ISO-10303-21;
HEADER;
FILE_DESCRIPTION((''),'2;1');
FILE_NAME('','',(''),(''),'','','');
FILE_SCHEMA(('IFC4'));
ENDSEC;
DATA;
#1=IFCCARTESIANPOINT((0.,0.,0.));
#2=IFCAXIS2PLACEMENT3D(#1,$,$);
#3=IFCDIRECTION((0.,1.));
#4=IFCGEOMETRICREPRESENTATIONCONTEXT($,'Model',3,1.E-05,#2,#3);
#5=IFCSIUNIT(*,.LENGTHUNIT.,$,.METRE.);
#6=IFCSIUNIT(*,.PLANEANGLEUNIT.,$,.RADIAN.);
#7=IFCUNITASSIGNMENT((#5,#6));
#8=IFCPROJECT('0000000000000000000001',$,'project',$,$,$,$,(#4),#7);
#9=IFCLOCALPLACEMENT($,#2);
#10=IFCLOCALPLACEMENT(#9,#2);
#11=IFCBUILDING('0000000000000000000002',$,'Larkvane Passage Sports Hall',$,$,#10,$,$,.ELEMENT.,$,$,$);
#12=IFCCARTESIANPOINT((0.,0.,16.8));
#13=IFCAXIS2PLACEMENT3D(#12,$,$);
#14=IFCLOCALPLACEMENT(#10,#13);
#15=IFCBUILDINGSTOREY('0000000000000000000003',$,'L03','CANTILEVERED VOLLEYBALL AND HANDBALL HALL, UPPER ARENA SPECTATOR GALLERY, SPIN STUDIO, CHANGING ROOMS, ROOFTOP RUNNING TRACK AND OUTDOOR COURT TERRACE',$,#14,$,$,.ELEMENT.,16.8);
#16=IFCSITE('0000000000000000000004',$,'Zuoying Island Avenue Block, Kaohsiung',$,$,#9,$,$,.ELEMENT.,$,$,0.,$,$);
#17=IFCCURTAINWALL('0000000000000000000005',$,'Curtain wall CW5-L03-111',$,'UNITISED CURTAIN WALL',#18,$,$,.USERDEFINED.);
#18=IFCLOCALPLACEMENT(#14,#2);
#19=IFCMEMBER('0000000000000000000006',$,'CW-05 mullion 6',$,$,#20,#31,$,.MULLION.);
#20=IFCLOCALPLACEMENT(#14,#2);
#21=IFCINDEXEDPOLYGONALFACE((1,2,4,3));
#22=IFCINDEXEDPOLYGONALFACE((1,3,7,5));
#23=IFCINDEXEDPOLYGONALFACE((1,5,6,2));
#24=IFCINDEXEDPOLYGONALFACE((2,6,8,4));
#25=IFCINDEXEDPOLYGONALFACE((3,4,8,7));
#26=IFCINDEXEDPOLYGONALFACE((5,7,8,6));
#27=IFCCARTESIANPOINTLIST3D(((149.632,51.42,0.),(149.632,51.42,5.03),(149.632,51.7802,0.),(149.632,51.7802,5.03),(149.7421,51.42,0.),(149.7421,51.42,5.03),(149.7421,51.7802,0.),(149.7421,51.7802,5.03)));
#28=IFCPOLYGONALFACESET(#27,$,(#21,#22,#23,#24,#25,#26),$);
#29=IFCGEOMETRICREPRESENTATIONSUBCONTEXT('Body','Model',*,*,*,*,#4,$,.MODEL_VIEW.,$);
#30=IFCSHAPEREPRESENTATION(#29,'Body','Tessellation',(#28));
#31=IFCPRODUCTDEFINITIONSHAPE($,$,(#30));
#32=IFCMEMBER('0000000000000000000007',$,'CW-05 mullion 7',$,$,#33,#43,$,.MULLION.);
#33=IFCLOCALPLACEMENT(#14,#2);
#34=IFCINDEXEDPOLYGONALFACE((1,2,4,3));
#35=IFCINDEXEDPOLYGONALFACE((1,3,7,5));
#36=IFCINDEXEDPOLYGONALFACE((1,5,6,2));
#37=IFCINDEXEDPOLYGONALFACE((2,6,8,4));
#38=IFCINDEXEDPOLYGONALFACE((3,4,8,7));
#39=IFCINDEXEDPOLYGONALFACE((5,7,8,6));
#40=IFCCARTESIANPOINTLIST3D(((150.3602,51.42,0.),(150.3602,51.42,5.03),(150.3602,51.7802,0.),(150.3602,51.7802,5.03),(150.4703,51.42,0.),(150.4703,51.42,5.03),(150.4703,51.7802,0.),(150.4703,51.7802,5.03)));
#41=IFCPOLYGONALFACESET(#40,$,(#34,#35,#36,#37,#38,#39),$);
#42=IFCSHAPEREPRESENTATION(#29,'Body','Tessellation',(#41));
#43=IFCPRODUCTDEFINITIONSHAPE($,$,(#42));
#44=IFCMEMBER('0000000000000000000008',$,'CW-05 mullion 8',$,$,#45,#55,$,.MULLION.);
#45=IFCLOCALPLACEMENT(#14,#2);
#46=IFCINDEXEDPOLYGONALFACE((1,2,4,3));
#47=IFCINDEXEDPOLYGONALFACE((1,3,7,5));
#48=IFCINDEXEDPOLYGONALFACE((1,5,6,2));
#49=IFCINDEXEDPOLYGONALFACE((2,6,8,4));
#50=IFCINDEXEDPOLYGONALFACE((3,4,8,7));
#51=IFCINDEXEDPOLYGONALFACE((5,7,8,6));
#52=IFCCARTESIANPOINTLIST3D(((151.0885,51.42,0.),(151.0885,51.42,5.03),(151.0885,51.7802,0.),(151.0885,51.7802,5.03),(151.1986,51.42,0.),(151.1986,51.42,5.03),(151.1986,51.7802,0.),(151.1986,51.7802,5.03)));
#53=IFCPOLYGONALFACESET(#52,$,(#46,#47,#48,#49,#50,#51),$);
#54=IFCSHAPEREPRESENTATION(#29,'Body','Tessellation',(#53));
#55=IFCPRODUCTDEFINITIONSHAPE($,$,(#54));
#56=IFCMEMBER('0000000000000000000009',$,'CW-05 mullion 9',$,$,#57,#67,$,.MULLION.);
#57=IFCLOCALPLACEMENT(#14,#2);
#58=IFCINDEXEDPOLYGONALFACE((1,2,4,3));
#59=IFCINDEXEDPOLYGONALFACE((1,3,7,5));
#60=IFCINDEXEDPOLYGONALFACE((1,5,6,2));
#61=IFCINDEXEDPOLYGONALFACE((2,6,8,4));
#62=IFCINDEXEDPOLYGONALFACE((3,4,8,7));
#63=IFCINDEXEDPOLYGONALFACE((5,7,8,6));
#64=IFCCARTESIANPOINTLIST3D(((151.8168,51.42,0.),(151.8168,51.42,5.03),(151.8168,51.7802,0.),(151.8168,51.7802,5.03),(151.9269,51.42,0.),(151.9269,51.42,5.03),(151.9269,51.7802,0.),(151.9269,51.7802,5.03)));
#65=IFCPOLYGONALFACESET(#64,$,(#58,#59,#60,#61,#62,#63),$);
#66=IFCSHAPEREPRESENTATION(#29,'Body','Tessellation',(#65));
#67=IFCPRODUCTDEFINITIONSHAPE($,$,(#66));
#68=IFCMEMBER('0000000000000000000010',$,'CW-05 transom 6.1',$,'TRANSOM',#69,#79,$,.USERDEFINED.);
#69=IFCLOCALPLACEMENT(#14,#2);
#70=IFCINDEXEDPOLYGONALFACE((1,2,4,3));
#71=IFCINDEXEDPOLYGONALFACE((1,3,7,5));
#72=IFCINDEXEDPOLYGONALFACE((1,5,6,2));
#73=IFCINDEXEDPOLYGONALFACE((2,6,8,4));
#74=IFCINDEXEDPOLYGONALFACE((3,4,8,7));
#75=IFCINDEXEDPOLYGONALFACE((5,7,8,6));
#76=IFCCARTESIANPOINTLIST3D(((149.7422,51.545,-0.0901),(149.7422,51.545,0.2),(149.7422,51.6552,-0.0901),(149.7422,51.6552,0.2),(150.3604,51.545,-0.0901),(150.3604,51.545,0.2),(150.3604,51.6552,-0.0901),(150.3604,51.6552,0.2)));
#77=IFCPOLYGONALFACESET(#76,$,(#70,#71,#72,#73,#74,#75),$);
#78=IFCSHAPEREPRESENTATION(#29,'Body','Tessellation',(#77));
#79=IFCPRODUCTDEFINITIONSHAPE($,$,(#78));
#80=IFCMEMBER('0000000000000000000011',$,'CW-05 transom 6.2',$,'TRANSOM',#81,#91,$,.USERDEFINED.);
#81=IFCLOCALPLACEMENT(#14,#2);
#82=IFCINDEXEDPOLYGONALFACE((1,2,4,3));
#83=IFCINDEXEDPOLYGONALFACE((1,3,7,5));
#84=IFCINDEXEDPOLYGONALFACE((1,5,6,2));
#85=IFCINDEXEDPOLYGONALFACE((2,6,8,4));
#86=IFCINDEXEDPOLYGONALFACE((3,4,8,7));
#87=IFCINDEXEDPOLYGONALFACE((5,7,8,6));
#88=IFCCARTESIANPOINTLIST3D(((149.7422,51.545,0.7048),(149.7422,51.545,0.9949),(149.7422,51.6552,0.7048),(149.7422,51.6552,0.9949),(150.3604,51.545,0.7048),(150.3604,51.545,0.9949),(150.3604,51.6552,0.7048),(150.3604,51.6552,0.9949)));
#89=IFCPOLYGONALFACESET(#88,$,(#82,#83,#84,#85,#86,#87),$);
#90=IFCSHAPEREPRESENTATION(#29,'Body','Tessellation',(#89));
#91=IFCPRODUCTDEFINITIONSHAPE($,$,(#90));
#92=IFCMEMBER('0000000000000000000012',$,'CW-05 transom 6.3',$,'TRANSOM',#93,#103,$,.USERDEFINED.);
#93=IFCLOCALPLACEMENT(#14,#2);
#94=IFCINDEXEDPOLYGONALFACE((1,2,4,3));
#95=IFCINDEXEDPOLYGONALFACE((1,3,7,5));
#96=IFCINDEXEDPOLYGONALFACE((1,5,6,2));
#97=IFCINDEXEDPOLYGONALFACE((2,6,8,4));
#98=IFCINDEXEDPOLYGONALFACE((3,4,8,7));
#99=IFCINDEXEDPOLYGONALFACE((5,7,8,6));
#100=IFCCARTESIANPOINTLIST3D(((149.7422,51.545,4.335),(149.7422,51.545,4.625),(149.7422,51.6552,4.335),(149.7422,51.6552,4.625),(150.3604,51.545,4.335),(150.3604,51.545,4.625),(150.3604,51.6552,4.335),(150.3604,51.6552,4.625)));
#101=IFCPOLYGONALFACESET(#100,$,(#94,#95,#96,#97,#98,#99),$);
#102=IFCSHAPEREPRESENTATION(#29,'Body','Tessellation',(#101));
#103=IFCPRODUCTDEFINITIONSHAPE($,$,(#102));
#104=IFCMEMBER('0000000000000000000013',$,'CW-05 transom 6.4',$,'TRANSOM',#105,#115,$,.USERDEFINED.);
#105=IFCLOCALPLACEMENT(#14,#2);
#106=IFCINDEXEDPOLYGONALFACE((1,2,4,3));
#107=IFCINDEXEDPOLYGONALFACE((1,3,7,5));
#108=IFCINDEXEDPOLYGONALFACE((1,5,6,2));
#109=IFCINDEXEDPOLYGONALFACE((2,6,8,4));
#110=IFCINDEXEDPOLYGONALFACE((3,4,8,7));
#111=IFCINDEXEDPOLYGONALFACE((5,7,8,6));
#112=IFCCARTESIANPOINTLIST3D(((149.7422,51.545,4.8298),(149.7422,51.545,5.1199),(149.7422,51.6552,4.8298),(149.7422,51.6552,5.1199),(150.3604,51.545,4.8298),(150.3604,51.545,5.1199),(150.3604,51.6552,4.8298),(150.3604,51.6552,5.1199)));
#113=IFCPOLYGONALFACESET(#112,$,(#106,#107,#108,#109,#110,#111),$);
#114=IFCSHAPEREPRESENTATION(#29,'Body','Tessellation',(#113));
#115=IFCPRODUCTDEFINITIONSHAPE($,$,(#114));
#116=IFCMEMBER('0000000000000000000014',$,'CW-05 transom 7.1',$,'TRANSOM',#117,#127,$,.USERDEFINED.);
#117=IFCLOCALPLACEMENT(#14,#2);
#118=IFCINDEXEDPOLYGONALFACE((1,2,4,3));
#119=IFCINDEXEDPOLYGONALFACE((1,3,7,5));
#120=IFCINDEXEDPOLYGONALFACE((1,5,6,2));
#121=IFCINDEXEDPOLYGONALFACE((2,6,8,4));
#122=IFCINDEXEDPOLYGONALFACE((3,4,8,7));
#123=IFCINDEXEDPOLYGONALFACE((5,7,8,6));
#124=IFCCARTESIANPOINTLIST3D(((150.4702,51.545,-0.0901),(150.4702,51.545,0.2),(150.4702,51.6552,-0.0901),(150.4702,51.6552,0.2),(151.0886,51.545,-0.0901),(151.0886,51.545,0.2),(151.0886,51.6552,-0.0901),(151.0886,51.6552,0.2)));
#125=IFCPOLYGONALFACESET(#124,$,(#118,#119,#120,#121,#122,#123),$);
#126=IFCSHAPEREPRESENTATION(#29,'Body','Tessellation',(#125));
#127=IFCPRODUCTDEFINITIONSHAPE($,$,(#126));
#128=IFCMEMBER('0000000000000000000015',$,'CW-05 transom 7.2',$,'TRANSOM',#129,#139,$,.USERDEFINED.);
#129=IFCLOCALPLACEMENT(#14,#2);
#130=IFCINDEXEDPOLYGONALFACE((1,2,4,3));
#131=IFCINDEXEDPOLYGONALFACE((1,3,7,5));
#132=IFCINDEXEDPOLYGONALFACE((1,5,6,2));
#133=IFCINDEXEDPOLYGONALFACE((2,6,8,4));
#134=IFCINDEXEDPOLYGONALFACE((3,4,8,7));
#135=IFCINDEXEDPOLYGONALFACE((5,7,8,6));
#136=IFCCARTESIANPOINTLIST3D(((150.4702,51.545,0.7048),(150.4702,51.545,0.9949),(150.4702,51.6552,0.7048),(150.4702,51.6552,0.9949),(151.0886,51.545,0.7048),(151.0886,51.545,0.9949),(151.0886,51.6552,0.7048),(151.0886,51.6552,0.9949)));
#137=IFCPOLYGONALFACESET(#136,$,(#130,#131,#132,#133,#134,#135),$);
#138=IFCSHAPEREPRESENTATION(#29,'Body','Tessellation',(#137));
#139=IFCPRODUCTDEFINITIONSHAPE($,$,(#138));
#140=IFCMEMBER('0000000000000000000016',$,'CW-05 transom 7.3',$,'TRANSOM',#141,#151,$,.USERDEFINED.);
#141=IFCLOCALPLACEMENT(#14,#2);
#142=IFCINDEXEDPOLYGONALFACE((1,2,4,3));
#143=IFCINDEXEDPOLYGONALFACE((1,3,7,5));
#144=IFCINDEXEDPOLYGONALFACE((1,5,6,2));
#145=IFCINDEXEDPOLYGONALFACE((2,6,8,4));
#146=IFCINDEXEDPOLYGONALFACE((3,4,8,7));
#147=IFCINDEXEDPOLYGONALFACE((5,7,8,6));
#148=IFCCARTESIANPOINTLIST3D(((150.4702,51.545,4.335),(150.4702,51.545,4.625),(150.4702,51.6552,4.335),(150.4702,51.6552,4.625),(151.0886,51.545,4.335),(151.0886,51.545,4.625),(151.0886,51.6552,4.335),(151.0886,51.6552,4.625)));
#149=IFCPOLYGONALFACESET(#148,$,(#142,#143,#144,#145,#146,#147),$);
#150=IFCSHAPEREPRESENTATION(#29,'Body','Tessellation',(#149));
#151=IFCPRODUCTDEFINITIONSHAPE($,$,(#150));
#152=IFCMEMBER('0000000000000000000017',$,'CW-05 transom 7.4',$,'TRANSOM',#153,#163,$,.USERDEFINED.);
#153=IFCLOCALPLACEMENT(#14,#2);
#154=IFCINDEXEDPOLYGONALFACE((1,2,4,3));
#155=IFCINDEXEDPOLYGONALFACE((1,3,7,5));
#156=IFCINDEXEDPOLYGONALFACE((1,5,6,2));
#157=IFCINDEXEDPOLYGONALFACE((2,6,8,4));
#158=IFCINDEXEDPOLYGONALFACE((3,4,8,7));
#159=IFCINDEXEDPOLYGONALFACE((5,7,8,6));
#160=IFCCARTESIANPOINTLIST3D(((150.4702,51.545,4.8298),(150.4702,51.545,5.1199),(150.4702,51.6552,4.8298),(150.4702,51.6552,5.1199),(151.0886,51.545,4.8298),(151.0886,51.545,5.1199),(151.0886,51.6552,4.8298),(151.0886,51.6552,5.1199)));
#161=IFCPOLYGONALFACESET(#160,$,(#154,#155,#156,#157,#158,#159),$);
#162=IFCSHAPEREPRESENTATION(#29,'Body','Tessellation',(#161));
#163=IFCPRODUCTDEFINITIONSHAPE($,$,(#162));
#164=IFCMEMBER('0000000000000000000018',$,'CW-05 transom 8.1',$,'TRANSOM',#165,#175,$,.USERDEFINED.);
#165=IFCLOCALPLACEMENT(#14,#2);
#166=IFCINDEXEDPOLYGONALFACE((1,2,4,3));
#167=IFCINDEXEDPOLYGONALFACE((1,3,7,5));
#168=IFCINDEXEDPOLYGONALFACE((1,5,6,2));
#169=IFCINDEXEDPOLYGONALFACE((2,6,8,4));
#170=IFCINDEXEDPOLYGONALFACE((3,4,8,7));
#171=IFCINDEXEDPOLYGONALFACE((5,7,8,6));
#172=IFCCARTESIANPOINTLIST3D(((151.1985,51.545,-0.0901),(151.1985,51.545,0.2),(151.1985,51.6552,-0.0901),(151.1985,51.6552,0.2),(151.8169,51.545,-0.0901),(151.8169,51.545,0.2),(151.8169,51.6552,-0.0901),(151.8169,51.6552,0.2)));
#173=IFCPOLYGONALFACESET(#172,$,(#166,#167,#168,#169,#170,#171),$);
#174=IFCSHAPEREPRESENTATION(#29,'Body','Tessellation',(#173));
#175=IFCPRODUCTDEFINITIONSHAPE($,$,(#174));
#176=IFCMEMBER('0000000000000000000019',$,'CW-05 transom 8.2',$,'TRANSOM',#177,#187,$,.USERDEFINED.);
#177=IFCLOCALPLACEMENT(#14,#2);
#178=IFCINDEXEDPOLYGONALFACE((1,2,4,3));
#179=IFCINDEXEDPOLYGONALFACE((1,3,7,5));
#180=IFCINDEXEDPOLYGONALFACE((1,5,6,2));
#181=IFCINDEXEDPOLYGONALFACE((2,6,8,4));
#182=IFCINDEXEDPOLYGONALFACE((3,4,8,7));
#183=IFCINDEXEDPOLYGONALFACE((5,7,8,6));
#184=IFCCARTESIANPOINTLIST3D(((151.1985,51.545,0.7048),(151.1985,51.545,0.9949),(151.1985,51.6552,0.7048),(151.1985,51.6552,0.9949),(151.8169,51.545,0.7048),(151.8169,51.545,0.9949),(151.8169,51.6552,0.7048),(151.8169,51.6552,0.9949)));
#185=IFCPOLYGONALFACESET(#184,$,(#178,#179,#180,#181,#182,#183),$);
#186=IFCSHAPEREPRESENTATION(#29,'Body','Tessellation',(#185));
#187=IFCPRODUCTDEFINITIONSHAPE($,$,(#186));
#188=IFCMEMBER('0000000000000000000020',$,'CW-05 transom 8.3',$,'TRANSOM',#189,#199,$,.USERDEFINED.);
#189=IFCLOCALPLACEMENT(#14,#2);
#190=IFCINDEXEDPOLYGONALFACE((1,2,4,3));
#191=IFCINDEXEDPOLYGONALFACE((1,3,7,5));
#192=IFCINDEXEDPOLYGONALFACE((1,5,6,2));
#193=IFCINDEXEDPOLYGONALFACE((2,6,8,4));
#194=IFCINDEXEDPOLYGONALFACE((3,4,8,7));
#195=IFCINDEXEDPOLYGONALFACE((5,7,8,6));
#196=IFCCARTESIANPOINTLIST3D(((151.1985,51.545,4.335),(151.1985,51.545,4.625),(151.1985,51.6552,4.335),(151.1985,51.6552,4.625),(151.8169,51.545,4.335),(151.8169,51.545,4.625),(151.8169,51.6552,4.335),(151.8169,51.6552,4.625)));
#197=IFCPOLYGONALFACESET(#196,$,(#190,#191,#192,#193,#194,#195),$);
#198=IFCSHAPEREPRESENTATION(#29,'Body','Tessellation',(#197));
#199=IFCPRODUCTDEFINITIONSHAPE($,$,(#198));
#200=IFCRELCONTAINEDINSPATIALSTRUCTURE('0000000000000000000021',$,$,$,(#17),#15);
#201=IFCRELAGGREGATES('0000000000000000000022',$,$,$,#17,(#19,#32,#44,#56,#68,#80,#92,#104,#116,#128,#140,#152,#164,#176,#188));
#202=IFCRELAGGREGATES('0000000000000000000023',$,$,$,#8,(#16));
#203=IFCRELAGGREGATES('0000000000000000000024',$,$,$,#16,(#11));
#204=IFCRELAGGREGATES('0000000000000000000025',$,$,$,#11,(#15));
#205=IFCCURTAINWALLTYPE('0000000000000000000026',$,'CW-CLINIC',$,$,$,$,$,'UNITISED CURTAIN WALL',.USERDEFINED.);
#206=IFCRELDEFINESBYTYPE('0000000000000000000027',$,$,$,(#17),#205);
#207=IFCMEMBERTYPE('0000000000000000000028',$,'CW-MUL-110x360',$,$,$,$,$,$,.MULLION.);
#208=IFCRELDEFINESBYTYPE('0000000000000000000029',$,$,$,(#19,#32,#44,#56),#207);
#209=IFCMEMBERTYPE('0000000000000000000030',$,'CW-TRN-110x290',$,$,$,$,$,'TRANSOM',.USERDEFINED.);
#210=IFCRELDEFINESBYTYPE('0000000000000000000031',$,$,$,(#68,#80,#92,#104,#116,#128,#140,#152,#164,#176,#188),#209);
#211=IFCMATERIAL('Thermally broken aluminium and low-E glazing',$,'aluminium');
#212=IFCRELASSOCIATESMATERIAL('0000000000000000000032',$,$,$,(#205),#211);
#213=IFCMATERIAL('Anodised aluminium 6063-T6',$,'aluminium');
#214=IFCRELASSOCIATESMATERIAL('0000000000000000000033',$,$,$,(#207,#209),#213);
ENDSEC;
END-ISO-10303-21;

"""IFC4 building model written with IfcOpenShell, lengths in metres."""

from ifc_helpers import new_model, si_unit, direction, frame, origin, origin_2d, place, context, subcontext, project, spatial, rectangle, extrude, material, material_profile, profile_set, type_object, element, aggregate, save


model = new_model("IFC4")

# Units and contexts
model_context = context("Model", 3, precision=1e-05, world=origin(), true_north=direction((0.0, 1.0)))
body_context = subcontext(model_context, "Body", "Model", "MODEL_VIEW")
ifc_project = project(units=[si_unit("LENGTHUNIT", "METRE"), si_unit("PLANEANGLEUNIT", "RADIAN")], contexts=[model_context])

# Site, building, storey
site_placement = place(None, origin())
site = spatial("IfcSite", under=ifc_project, at=site_placement, Name="Zuoying Island Avenue Block, Kaohsiung", CompositionType="ELEMENT", RefElevation=0.0)
building_placement = place(site_placement, origin())
building = spatial("IfcBuilding", under=site, at=building_placement, Name="Larkvane Passage Sports Hall", CompositionType="ELEMENT")
storey_placement = place(building_placement, frame((0.0, 0.0, 16.8)))
storey = spatial("IfcBuildingStorey", under=building, at=storey_placement, Name="L03", Description="CANTILEVERED VOLLEYBALL AND HANDBALL HALL, UPPER ARENA SPECTATOR GALLERY, SPIN STUDIO, CHANGING ROOMS, ROOFTOP RUNNING TRACK AND OUTDOOR COURT TERRACE", CompositionType="ELEMENT", Elevation=16.8)

# Curtain wall, members
ifc_material_1 = material(Name="Thermally broken aluminium and low-E glazing", Category="aluminium")
curtain_wall_type = type_object("IfcCurtainWallType", Name="CW-CLINIC", ElementType="UNITISED CURTAIN WALL", PredefinedType="USERDEFINED", material=ifc_material_1)
curtain_wall_placement = place(storey_placement, origin())
curtain_wall = element("IfcCurtainWall", 1, at=curtain_wall_placement, inside=storey, type_object=curtain_wall_type, Name="Curtain wall CW5-L03-111", ObjectType="UNITISED CURTAIN WALL", PredefinedType="USERDEFINED")
ifc_material_2 = material(Name="Anodised aluminium 6063-T6", Category="aluminium")
ifc_material_profile_1 = material_profile(ifc_material_2, rectangle(XDim=0.1101, YDim=0.3601, at=origin_2d()), Name="ALU-MUL-110x360")
ifc_profile_set_1 = profile_set([ifc_material_profile_1], Name="Anodised aluminium 6063-T6")
member_type_1 = type_object("IfcMemberType", Name="CW-MUL-110x360", PredefinedType="MULLION", material=ifc_profile_set_1)
member_1_placement = place(storey_placement, frame((149.687, 51.6001, 0.0), z_axis=(0.0, 0.0, 1.0), x_axis=(1.0, 0.0, 0.0)))
member_1 = element("IfcMember", 2, at=member_1_placement, type_object=member_type_1, Name="CW-05 mullion 6", PredefinedType="MULLION", context=body_context, shape_type="SweptSolid", body=[
    extrude(rectangle(XDim=0.1101, YDim=0.3601, at=origin_2d()), origin(), (0.0, 0.0, 1.0), 5.03),
])
member_2_placement = place(storey_placement, frame((150.4153, 51.6001, 0.0), z_axis=(0.0, 0.0, 1.0), x_axis=(1.0, 0.0, 0.0)))
member_2 = element("IfcMember", 3, at=member_2_placement, type_object=member_type_1, Name="CW-05 mullion 7", PredefinedType="MULLION", context=body_context, shape_type="SweptSolid", body=[
    extrude(rectangle(XDim=0.1101, YDim=0.3601, at=origin_2d()), origin(), (0.0, 0.0, 1.0), 5.03),
])
member_3_placement = place(storey_placement, frame((151.1436, 51.6001, 0.0), z_axis=(0.0, 0.0, 1.0), x_axis=(1.0, 0.0, 0.0)))
member_3 = element("IfcMember", 4, at=member_3_placement, type_object=member_type_1, Name="CW-05 mullion 8", PredefinedType="MULLION", context=body_context, shape_type="SweptSolid", body=[
    extrude(rectangle(XDim=0.1101, YDim=0.3601, at=origin_2d()), origin(), (0.0, 0.0, 1.0), 5.03),
])
member_4_placement = place(storey_placement, frame((151.8718, 51.6001, 0.0), z_axis=(0.0, 0.0, 1.0), x_axis=(1.0, 0.0, 0.0)))
member_4 = element("IfcMember", 5, at=member_4_placement, type_object=member_type_1, Name="CW-05 mullion 9", PredefinedType="MULLION", context=body_context, shape_type="SweptSolid", body=[
    extrude(rectangle(XDim=0.1101, YDim=0.3601, at=origin_2d()), origin(), (0.0, 0.0, 1.0), 5.03),
])
ifc_material_profile_2 = material_profile(ifc_material_2, rectangle(XDim=0.1101, YDim=0.29, at=origin_2d()), Name="ALU-TRN-110x290")
ifc_profile_set_2 = profile_set([ifc_material_profile_2], Name="Anodised aluminium 6063-T6")
member_type_2 = type_object("IfcMemberType", Name="CW-TRN-110x290", ElementType="TRANSOM", PredefinedType="USERDEFINED", material=ifc_profile_set_2)
member_5_placement = place(storey_placement, frame((149.7422, 51.6001, 0.0549), z_axis=(1.0, 0.0, 0.0), x_axis=(0.0, 1.0, 0.0)))
member_5 = element("IfcMember", 6, at=member_5_placement, type_object=member_type_2, Name="CW-05 transom 6.1", ObjectType="TRANSOM", PredefinedType="USERDEFINED", context=body_context, shape_type="SweptSolid", body=[
    extrude(rectangle(XDim=0.1101, YDim=0.29, at=origin_2d()), origin(), (0.0, 0.0, 1.0), 0.6182),
])
member_6_placement = place(storey_placement, frame((149.7422, 51.6001, 0.8499), z_axis=(1.0, 0.0, 0.0), x_axis=(0.0, 1.0, 0.0)))
member_6 = element("IfcMember", 7, at=member_6_placement, type_object=member_type_2, Name="CW-05 transom 6.2", ObjectType="TRANSOM", PredefinedType="USERDEFINED", context=body_context, shape_type="SweptSolid", body=[
    extrude(rectangle(XDim=0.1101, YDim=0.29, at=origin_2d()), origin(), (0.0, 0.0, 1.0), 0.6182),
])
member_7_placement = place(storey_placement, frame((149.7422, 51.6001, 4.48), z_axis=(1.0, 0.0, 0.0), x_axis=(0.0, 1.0, 0.0)))
member_7 = element("IfcMember", 8, at=member_7_placement, type_object=member_type_2, Name="CW-05 transom 6.3", ObjectType="TRANSOM", PredefinedType="USERDEFINED", context=body_context, shape_type="SweptSolid", body=[
    extrude(rectangle(XDim=0.1101, YDim=0.29, at=origin_2d()), origin(), (0.0, 0.0, 1.0), 0.6182),
])
member_8_placement = place(storey_placement, frame((149.7422, 51.6001, 4.9749), z_axis=(1.0, 0.0, 0.0), x_axis=(0.0, 1.0, 0.0)))
member_8 = element("IfcMember", 9, at=member_8_placement, type_object=member_type_2, Name="CW-05 transom 6.4", ObjectType="TRANSOM", PredefinedType="USERDEFINED", context=body_context, shape_type="SweptSolid", body=[
    extrude(rectangle(XDim=0.1101, YDim=0.29, at=origin_2d()), origin(), (0.0, 0.0, 1.0), 0.6182),
])
member_9_placement = place(storey_placement, frame((150.4702, 51.6001, 0.0549), z_axis=(1.0, 0.0, 0.0), x_axis=(0.0, 1.0, 0.0)))
member_9 = element("IfcMember", 10, at=member_9_placement, type_object=member_type_2, Name="CW-05 transom 7.1", ObjectType="TRANSOM", PredefinedType="USERDEFINED", context=body_context, shape_type="SweptSolid", body=[
    extrude(rectangle(XDim=0.1101, YDim=0.29, at=origin_2d()), origin(), (0.0, 0.0, 1.0), 0.6184),
])
member_10_placement = place(storey_placement, frame((150.4702, 51.6001, 0.8499), z_axis=(1.0, 0.0, 0.0), x_axis=(0.0, 1.0, 0.0)))
member_10 = element("IfcMember", 11, at=member_10_placement, type_object=member_type_2, Name="CW-05 transom 7.2", ObjectType="TRANSOM", PredefinedType="USERDEFINED", context=body_context, shape_type="SweptSolid", body=[
    extrude(rectangle(XDim=0.1101, YDim=0.29, at=origin_2d()), origin(), (0.0, 0.0, 1.0), 0.6184),
])
member_11_placement = place(storey_placement, frame((150.4702, 51.6001, 4.48), z_axis=(1.0, 0.0, 0.0), x_axis=(0.0, 1.0, 0.0)))
member_11 = element("IfcMember", 12, at=member_11_placement, type_object=member_type_2, Name="CW-05 transom 7.3", ObjectType="TRANSOM", PredefinedType="USERDEFINED", context=body_context, shape_type="SweptSolid", body=[
    extrude(rectangle(XDim=0.1101, YDim=0.29, at=origin_2d()), origin(), (0.0, 0.0, 1.0), 0.6184),
])
member_12_placement = place(storey_placement, frame((150.4702, 51.6001, 4.9749), z_axis=(1.0, 0.0, 0.0), x_axis=(0.0, 1.0, 0.0)))
member_12 = element("IfcMember", 13, at=member_12_placement, type_object=member_type_2, Name="CW-05 transom 7.4", ObjectType="TRANSOM", PredefinedType="USERDEFINED", context=body_context, shape_type="SweptSolid", body=[
    extrude(rectangle(XDim=0.1101, YDim=0.29, at=origin_2d()), origin(), (0.0, 0.0, 1.0), 0.6184),
])
member_13_placement = place(storey_placement, frame((151.1985, 51.6001, 0.0549), z_axis=(1.0, 0.0, 0.0), x_axis=(0.0, 1.0, 0.0)))
member_13 = element("IfcMember", 14, at=member_13_placement, type_object=member_type_2, Name="CW-05 transom 8.1", ObjectType="TRANSOM", PredefinedType="USERDEFINED", context=body_context, shape_type="SweptSolid", body=[
    extrude(rectangle(XDim=0.1101, YDim=0.29, at=origin_2d()), origin(), (0.0, 0.0, 1.0), 0.6184),
])
member_14_placement = place(storey_placement, frame((151.1985, 51.6001, 0.8499), z_axis=(1.0, 0.0, 0.0), x_axis=(0.0, 1.0, 0.0)))
member_14 = element("IfcMember", 15, at=member_14_placement, type_object=member_type_2, Name="CW-05 transom 8.2", ObjectType="TRANSOM", PredefinedType="USERDEFINED", context=body_context, shape_type="SweptSolid", body=[
    extrude(rectangle(XDim=0.1101, YDim=0.29, at=origin_2d()), origin(), (0.0, 0.0, 1.0), 0.6184),
])
member_15_placement = place(storey_placement, frame((151.1985, 51.6001, 4.48), z_axis=(1.0, 0.0, 0.0), x_axis=(0.0, 1.0, 0.0)))
member_15 = element("IfcMember", 16, at=member_15_placement, type_object=member_type_2, Name="CW-05 transom 8.3", ObjectType="TRANSOM", PredefinedType="USERDEFINED", context=body_context, shape_type="SweptSolid", body=[
    extrude(rectangle(XDim=0.1101, YDim=0.29, at=origin_2d()), origin(), (0.0, 0.0, 1.0), 0.6184),
])
aggregate(curtain_wall, [member_1, member_2, member_3, member_4, member_5, member_6, member_7, member_8, member_9, member_10, member_11, member_12, member_13, member_14, member_15])

save(model, "model.ifc")
